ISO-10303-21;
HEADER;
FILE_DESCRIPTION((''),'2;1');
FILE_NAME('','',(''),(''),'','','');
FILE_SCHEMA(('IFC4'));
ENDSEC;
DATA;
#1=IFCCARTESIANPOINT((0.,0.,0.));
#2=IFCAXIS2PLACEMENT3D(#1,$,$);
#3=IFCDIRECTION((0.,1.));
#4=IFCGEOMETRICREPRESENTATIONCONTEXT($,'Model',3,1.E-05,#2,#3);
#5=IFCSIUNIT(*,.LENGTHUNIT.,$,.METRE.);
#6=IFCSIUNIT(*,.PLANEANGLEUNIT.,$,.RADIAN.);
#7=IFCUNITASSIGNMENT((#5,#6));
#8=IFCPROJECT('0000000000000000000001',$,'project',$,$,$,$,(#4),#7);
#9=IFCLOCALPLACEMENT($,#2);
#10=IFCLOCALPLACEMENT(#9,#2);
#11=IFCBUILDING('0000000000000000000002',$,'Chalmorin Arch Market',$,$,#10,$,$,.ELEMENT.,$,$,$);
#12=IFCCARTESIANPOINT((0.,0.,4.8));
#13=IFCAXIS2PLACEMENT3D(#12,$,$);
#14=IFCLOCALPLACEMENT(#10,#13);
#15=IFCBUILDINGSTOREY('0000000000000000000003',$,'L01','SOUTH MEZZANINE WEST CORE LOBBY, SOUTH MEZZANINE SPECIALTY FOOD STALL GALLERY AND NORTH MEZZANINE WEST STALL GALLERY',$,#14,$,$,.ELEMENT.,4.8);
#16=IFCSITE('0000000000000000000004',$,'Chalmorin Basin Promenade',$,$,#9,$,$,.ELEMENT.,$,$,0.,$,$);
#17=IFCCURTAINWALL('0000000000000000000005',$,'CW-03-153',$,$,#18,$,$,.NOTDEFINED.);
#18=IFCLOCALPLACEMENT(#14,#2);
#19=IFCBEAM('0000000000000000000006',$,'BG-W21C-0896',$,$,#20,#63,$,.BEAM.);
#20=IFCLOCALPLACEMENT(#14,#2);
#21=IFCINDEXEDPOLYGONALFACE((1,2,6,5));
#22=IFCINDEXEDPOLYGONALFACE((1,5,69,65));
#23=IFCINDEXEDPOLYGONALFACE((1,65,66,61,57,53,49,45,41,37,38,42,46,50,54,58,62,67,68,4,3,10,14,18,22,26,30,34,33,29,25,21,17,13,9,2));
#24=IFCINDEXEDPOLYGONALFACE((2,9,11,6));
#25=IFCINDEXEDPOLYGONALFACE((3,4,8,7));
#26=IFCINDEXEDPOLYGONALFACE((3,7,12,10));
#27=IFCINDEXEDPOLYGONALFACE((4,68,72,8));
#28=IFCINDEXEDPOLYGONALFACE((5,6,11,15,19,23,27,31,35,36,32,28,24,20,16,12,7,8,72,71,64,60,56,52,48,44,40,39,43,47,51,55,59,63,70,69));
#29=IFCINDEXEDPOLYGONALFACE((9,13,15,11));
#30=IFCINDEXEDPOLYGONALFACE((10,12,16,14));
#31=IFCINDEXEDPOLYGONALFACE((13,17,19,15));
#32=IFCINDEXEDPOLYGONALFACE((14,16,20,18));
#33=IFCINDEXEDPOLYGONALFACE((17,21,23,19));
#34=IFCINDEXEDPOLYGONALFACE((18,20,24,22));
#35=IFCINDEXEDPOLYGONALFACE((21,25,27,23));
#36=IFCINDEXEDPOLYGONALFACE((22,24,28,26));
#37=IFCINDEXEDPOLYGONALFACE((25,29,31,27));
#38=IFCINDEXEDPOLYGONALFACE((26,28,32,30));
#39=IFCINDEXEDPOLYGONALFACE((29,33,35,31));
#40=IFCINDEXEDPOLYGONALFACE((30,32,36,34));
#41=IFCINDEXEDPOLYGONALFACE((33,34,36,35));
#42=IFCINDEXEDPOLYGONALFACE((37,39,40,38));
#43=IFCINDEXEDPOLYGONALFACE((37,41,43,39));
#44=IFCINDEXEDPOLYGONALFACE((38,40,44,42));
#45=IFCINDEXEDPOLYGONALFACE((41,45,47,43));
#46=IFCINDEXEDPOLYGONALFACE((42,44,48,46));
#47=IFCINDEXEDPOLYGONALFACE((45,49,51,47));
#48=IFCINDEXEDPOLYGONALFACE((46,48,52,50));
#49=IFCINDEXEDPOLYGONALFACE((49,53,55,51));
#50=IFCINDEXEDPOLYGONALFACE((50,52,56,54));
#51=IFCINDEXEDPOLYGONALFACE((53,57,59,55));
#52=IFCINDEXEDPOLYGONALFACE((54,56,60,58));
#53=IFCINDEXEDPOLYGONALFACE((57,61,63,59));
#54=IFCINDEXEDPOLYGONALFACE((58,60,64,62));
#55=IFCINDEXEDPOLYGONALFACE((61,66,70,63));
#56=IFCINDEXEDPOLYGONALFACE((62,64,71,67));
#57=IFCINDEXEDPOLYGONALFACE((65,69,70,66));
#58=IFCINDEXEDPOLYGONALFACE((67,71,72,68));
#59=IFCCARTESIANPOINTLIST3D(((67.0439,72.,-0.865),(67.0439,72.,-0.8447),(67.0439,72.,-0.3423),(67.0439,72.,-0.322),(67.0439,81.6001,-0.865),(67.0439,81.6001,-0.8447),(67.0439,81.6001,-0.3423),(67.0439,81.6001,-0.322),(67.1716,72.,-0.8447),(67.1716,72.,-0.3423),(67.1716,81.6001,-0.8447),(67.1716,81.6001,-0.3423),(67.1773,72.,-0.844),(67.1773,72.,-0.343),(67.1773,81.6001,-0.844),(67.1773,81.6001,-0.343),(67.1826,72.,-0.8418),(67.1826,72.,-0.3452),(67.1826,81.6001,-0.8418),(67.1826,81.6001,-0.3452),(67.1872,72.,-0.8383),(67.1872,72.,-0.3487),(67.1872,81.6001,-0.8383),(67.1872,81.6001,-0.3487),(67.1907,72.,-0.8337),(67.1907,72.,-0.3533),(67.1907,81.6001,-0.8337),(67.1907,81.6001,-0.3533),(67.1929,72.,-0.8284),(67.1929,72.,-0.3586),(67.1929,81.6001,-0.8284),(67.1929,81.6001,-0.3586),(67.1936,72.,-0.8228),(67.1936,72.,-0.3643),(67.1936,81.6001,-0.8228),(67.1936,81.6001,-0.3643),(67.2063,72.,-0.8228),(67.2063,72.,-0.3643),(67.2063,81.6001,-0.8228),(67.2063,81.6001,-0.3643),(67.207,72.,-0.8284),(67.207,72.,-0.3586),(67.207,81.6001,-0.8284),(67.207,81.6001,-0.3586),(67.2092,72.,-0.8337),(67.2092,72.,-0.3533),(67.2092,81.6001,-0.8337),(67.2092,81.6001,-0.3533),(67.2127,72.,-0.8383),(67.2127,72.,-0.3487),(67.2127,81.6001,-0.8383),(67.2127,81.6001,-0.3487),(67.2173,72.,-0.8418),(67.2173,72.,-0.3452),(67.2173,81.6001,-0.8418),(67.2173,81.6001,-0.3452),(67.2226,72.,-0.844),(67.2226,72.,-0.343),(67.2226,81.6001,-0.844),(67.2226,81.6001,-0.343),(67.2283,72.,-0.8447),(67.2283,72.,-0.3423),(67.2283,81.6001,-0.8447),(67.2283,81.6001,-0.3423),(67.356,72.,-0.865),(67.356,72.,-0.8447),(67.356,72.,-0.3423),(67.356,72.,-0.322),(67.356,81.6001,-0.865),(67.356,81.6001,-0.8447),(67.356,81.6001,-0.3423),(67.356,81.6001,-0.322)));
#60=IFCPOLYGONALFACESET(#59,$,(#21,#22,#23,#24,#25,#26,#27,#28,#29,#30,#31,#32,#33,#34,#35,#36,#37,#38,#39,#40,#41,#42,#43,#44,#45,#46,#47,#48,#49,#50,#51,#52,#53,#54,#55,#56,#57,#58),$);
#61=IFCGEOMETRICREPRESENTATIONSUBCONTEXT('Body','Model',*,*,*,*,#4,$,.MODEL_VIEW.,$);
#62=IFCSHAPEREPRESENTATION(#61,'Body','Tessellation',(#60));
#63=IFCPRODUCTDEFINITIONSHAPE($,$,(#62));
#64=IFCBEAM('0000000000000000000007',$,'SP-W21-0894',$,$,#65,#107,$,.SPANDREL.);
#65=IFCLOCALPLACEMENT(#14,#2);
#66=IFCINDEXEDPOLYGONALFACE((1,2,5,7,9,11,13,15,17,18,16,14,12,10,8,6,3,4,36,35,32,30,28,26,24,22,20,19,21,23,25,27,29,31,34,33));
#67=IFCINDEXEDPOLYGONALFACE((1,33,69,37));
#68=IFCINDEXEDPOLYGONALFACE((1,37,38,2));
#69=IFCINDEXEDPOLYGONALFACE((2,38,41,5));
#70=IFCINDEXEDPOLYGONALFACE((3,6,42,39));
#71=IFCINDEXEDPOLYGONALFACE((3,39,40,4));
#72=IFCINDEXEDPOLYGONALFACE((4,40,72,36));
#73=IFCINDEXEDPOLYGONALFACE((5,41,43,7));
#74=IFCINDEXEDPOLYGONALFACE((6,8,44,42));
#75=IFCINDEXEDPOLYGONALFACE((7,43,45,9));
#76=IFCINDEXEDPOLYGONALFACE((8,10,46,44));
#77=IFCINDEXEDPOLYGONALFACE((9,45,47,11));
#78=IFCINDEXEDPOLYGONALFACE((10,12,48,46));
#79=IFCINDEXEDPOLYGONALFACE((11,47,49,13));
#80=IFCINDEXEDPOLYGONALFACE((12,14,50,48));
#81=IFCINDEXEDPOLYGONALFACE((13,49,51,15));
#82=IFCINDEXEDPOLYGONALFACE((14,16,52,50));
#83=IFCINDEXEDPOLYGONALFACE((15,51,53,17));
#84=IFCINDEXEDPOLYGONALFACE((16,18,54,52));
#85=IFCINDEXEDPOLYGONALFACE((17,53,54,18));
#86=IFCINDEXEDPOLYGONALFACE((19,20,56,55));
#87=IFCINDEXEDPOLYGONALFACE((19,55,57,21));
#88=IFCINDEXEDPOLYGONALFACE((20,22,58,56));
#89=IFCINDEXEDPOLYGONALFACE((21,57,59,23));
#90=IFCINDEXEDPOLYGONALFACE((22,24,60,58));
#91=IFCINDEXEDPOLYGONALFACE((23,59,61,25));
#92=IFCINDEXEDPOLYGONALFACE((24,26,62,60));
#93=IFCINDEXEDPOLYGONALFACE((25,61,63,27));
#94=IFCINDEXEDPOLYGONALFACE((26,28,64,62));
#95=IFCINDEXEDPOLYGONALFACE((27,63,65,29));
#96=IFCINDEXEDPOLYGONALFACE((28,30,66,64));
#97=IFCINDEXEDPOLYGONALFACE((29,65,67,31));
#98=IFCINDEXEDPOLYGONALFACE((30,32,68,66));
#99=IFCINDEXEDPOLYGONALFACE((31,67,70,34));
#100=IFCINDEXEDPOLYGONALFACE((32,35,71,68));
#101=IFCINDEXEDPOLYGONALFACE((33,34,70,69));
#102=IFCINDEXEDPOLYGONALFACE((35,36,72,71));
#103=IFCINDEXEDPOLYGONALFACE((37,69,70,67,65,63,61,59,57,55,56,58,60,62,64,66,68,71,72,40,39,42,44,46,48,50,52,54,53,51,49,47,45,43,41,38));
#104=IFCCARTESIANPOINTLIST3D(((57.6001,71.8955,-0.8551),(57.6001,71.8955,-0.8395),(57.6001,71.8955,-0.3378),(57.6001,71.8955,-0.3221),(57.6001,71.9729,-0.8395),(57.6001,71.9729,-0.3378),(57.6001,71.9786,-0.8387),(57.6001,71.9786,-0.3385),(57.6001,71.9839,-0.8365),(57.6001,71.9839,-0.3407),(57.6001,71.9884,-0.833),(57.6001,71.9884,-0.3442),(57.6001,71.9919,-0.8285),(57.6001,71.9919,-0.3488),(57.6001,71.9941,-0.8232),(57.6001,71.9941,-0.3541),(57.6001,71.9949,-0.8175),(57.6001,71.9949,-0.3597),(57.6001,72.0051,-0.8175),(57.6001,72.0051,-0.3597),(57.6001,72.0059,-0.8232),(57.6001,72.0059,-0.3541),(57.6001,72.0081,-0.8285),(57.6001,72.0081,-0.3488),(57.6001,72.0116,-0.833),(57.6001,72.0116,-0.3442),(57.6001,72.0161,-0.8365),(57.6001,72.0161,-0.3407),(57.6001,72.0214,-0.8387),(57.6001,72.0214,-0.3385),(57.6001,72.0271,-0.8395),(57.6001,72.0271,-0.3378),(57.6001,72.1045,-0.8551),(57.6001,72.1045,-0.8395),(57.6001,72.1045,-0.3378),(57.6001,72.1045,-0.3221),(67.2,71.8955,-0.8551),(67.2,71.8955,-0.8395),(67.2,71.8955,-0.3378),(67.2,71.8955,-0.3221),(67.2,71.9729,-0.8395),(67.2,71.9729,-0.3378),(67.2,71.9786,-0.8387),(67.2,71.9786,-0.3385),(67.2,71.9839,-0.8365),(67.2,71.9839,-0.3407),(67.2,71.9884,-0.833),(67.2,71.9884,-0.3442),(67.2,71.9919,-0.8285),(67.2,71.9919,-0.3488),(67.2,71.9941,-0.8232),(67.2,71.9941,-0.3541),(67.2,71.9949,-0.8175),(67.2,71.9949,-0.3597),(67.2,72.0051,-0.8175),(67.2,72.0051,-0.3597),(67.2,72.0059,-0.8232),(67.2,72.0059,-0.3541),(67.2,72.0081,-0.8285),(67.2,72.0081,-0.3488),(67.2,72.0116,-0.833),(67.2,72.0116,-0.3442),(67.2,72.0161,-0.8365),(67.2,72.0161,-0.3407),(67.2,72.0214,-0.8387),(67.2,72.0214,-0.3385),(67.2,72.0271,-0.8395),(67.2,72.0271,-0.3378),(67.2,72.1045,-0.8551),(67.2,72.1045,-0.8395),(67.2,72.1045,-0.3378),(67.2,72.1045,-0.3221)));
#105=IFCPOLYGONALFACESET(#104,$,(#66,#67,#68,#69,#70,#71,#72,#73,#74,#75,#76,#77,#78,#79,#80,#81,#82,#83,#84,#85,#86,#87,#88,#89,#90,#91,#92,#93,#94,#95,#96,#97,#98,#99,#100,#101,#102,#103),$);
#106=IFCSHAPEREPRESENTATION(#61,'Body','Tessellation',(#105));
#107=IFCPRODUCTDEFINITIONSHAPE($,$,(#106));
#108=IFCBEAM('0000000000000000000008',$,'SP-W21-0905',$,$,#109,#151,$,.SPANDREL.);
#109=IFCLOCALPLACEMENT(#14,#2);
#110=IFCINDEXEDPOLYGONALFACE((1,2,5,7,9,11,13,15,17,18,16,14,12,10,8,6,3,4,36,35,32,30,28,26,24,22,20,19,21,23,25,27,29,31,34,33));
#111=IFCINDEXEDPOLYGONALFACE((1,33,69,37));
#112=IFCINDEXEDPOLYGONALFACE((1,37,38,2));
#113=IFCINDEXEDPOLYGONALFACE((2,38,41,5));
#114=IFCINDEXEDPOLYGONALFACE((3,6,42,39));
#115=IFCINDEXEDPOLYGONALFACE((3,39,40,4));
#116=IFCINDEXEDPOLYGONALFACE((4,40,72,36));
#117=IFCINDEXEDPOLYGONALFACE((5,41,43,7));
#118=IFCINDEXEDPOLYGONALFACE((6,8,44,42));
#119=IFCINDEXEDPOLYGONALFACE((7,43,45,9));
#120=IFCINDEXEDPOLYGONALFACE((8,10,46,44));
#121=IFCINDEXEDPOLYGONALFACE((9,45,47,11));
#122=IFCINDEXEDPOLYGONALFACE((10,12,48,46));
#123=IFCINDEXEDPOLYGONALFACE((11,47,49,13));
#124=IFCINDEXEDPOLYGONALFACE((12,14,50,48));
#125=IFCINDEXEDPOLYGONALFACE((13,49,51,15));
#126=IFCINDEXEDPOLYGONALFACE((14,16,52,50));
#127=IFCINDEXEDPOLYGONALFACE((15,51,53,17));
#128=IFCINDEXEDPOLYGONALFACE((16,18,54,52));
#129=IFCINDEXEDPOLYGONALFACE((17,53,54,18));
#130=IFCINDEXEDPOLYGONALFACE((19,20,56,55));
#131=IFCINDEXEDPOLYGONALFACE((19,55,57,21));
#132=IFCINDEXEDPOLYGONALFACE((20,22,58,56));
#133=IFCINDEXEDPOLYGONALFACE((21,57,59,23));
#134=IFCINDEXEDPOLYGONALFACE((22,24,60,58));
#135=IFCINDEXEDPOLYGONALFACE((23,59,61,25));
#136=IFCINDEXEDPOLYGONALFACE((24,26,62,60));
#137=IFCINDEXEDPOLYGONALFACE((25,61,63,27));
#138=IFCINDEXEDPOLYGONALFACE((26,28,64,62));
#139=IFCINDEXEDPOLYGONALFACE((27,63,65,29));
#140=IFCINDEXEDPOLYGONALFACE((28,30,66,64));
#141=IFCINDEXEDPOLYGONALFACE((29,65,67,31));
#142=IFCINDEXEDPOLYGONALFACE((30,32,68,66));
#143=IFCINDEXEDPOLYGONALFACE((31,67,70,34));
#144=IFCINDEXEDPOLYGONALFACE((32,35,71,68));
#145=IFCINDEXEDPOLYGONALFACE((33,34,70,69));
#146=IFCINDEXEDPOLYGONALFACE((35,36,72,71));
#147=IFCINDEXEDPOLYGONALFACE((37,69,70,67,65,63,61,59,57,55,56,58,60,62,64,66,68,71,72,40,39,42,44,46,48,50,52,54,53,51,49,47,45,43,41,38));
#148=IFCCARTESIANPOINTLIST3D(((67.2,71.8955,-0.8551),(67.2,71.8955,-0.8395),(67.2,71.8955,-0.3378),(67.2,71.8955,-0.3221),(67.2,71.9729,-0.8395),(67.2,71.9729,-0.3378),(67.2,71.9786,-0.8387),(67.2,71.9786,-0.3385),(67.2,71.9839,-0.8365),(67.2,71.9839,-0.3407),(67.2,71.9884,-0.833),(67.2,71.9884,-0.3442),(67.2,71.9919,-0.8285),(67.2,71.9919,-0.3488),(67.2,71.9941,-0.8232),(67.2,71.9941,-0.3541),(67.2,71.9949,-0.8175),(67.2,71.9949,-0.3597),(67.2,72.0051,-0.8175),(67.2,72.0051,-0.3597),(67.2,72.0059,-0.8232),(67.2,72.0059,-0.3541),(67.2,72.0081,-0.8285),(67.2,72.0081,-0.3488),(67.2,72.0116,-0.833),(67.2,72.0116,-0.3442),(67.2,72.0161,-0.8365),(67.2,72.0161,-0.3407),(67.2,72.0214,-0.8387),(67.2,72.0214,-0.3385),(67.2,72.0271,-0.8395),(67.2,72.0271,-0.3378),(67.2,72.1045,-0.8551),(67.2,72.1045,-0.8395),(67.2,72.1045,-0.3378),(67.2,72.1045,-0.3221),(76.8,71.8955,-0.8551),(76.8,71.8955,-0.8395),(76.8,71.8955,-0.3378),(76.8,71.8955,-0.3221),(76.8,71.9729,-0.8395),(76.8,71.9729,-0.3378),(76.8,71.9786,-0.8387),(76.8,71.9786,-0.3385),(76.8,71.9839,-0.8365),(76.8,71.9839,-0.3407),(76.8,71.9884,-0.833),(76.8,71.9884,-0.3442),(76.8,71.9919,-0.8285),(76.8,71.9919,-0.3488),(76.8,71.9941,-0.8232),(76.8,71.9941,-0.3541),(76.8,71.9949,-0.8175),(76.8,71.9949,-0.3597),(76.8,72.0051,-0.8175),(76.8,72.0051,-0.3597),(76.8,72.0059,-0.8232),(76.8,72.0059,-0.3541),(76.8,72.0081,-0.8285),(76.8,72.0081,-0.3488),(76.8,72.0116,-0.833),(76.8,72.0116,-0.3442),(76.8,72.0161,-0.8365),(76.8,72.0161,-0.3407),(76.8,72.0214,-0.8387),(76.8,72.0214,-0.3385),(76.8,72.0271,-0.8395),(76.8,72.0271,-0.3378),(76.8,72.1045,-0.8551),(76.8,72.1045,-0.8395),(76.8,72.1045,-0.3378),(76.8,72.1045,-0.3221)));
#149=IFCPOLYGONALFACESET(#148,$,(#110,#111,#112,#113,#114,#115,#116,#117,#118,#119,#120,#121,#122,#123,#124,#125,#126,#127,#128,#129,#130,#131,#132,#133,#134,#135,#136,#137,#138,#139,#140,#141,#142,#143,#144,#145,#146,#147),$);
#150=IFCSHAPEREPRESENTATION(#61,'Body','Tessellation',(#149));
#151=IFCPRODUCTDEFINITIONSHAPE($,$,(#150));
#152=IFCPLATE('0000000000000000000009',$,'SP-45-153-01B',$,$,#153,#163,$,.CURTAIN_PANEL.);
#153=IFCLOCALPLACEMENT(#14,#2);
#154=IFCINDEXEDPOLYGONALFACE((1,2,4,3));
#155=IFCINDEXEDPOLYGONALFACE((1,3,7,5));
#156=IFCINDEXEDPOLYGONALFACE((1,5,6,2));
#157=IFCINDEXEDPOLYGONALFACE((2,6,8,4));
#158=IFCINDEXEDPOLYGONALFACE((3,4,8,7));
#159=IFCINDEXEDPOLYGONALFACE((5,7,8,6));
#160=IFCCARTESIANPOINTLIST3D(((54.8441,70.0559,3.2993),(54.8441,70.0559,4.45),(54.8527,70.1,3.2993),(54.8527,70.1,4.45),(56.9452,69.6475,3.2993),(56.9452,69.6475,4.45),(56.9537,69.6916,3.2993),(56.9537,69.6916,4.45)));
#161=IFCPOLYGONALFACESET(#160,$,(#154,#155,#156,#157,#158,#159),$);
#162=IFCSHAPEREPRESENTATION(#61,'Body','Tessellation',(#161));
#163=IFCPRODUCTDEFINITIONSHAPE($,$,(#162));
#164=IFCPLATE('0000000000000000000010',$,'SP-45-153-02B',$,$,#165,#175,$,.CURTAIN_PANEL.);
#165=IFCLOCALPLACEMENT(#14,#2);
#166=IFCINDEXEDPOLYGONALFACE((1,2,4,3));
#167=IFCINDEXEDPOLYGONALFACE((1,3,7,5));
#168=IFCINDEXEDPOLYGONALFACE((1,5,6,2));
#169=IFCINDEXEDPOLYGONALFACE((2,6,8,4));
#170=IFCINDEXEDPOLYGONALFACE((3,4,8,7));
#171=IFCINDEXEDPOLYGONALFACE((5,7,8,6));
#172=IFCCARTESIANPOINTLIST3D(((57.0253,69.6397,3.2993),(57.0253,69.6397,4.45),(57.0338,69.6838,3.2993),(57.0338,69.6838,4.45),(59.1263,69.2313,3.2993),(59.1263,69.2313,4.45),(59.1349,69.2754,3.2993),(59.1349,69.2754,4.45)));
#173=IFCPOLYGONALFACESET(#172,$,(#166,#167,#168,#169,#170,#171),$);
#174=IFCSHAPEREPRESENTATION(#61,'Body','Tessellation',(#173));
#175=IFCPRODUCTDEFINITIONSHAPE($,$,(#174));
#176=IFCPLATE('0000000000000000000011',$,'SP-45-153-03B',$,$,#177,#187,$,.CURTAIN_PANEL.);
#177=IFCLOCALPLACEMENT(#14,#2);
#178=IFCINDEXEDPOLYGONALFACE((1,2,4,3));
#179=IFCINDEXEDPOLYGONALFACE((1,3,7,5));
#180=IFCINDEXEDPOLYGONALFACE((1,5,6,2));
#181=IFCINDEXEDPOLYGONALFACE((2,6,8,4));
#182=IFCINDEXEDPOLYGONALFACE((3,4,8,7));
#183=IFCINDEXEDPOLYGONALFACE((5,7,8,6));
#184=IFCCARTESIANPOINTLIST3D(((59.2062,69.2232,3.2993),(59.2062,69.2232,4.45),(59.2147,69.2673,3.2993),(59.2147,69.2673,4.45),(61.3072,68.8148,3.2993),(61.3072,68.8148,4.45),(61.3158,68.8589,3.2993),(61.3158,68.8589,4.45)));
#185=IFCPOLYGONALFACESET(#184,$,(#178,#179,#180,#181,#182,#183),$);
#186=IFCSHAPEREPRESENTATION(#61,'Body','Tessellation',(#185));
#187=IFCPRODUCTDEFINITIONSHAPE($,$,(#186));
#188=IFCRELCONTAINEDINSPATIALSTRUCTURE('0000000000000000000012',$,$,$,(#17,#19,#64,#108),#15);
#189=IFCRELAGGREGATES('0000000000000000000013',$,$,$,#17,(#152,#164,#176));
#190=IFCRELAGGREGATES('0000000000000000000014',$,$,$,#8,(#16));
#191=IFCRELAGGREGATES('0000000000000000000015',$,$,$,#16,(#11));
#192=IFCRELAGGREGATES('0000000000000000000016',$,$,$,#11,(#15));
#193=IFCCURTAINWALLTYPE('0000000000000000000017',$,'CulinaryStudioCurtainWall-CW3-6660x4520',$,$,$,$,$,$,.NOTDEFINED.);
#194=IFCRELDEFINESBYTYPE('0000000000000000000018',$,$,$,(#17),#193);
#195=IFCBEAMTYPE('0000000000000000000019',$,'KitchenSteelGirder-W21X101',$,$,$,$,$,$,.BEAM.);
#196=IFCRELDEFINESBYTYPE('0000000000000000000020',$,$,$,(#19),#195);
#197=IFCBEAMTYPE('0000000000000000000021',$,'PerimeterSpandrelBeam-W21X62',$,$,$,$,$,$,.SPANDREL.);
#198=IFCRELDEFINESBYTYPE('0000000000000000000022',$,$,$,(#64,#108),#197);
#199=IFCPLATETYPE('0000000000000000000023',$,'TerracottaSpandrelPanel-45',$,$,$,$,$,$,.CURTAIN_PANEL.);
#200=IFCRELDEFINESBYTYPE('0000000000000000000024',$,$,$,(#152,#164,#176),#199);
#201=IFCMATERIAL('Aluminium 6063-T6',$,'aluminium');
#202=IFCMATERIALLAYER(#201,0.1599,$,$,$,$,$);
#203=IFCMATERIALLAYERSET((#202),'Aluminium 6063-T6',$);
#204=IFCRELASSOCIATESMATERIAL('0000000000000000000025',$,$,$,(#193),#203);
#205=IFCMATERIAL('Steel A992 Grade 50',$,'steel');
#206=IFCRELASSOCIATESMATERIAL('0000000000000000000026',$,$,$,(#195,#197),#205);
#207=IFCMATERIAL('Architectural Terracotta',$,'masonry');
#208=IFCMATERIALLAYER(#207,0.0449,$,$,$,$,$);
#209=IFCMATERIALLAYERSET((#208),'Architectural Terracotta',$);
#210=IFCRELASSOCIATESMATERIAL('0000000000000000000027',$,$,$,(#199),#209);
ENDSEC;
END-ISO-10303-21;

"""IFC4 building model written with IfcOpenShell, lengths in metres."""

from ifc_helpers import new_model, si_unit, direction, frame, origin, origin_2d, place, context, subcontext, project, spatial, rectangle, i_section, extrude, material, layer, layer_set, material_profile, profile_set, type_object, element, aggregate, save


model = new_model("IFC4")

# Units and contexts
model_context = context("Model", 3, precision=1e-05, world=origin(), true_north=direction((0.0, 1.0)))
body_context = subcontext(model_context, "Body", "Model", "MODEL_VIEW")
ifc_project = project(units=[si_unit("LENGTHUNIT", "METRE"), si_unit("PLANEANGLEUNIT", "RADIAN")], contexts=[model_context])

# Site, building, storey
site_placement = place(None, origin())
site = spatial("IfcSite", under=ifc_project, at=site_placement, Name="Chalmorin Basin Promenade", CompositionType="ELEMENT", RefElevation=0.0)
building_placement = place(site_placement, origin())
building = spatial("IfcBuilding", under=site, at=building_placement, Name="Chalmorin Arch Market", CompositionType="ELEMENT")
storey_placement = place(building_placement, frame((0.0, 0.0, 4.8)))
storey = spatial("IfcBuildingStorey", under=building, at=storey_placement, Name="L01", Description="SOUTH MEZZANINE WEST CORE LOBBY, SOUTH MEZZANINE SPECIALTY FOOD STALL GALLERY AND NORTH MEZZANINE WEST STALL GALLERY", CompositionType="ELEMENT", Elevation=4.8)

# Curtain wall
ifc_material_1 = material(Name="Aluminium 6063-T6", Category="aluminium")
ifc_layer_1 = layer(ifc_material_1, 0.1599)
ifc_layer_set_1 = layer_set([ifc_layer_1], Name="Aluminium 6063-T6")
curtain_wall_type_1 = type_object("IfcCurtainWallType", Name="CulinaryStudioCurtainWall-CW3-6660x4520", PredefinedType="NOTDEFINED", material=ifc_layer_set_1)
curtain_wall_1_placement = place(storey_placement, origin())
curtain_wall_1 = element("IfcCurtainWall", 1, at=curtain_wall_1_placement, inside=storey, type_object=curtain_wall_type_1, Name="CW-03-153", PredefinedType="NOTDEFINED")

# Beams
ifc_material_2 = material(Name="Steel A992 Grade 50", Category="steel")
ifc_material_profile_1 = material_profile(ifc_material_2, i_section(OverallWidth=0.312, OverallDepth=0.543, WebThickness=0.0127, FlangeThickness=0.0203, FilletRadius=0.022, at=origin_2d()), Name="W21X101")
ifc_profile_set_1 = profile_set([ifc_material_profile_1], Name="Steel A992 Grade 50")
beam_type_1 = type_object("IfcBeamType", Name="KitchenSteelGirder-W21X101", PredefinedType="BEAM", material=ifc_profile_set_1)
for number, where, z_axis, x_axis, name in (
    (2, (67.2, 72.0, -0.5935), (0.0, 1.0, 0.0), (-1.0, 0.0, 0.0), "BG-W21C-0896"),
):
    element("IfcBeam", number, at=place(storey_placement, frame(where, z_axis=z_axis, x_axis=x_axis)), inside=storey, type_object=beam_type_1, Name=name, PredefinedType="BEAM", context=body_context, shape_type="SweptSolid", body=[
        extrude(i_section(OverallWidth=0.312, OverallDepth=0.543, WebThickness=0.0127, FlangeThickness=0.0203, FilletRadius=0.022, at=origin_2d()), origin(), (0.0, 0.0, 1.0), 9.6001),
    ])
ifc_material_profile_2 = material_profile(ifc_material_2, i_section(OverallWidth=0.209, OverallDepth=0.533, WebThickness=0.0103, FlangeThickness=0.0156, FilletRadius=0.022, at=origin_2d()), Name="W21X62")
ifc_profile_set_2 = profile_set([ifc_material_profile_2], Name="Steel A992 Grade 50")
beam_type_2 = type_object("IfcBeamType", Name="PerimeterSpandrelBeam-W21X62", PredefinedType="SPANDREL", material=ifc_profile_set_2)
beam_1_placement = place(storey_placement, frame((57.6001, 72.0, -0.5886), z_axis=(1.0, 0.0, 0.0), x_axis=(0.0, 1.0, 0.0)))
element("IfcBeam", 3, at=beam_1_placement, inside=storey, type_object=beam_type_2, Name="SP-W21-0894", PredefinedType="SPANDREL", context=body_context, shape_type="SweptSolid", body=[
    extrude(i_section(OverallWidth=0.209, OverallDepth=0.533, WebThickness=0.0103, FlangeThickness=0.0156, FilletRadius=0.022, at=origin_2d()), origin(), (0.0, 0.0, 1.0), 9.5999),
])
beam_2_placement = place(storey_placement, frame((67.2, 72.0, -0.5886), z_axis=(1.0, 0.0, 0.0), x_axis=(0.0, 1.0, 0.0)))
element("IfcBeam", 4, at=beam_2_placement, inside=storey, type_object=beam_type_2, Name="SP-W21-0905", PredefinedType="SPANDREL", context=body_context, shape_type="SweptSolid", body=[
    extrude(i_section(OverallWidth=0.209, OverallDepth=0.533, WebThickness=0.0103, FlangeThickness=0.0156, FilletRadius=0.022, at=origin_2d()), origin(), (0.0, 0.0, 1.0), 9.6001),
])

# Plates
ifc_material_3 = material(Name="Architectural Terracotta", Category="masonry")
ifc_layer_2 = layer(ifc_material_3, 0.0449)
ifc_layer_set_2 = layer_set([ifc_layer_2], Name="Architectural Terracotta")
plate_type_1 = type_object("IfcPlateType", Name="TerracottaSpandrelPanel-45", PredefinedType="CURTAIN_PANEL", material=ifc_layer_set_2)
plate_1_placement = place(storey_placement, frame((55.8989, 69.8738, 3.2993), z_axis=(0.0, 0.0, 1.0), x_axis=(0.981627, -0.190809, 0.0)))
plate_1 = element("IfcPlate", 5, at=plate_1_placement, type_object=plate_type_1, Name="SP-45-153-01B", PredefinedType="CURTAIN_PANEL", context=body_context, shape_type="SweptSolid", body=[
    extrude(rectangle(XDim=2.1404, YDim=0.0449, at=origin_2d()), origin(), (0.0, 0.0, 1.0), 1.1506),
])
plate_2_placement = place(storey_placement, frame((58.0801, 69.4575, 3.2993), z_axis=(0.0, 0.0, 1.0), x_axis=(0.981627, -0.190809, 0.0)))
plate_2 = element("IfcPlate", 6, at=plate_2_placement, type_object=plate_type_1, Name="SP-45-153-02B", PredefinedType="CURTAIN_PANEL", context=body_context, shape_type="SweptSolid", body=[
    extrude(rectangle(XDim=2.1404, YDim=0.0449, at=origin_2d()), origin(), (0.0, 0.0, 1.0), 1.1506),
])
plate_3_placement = place(storey_placement, frame((60.261, 69.041, 3.2993), z_axis=(0.0, 0.0, 1.0), x_axis=(0.981627, -0.190809, 0.0)))
plate_3 = element("IfcPlate", 7, at=plate_3_placement, type_object=plate_type_1, Name="SP-45-153-03B", PredefinedType="CURTAIN_PANEL", context=body_context, shape_type="SweptSolid", body=[
    extrude(rectangle(XDim=2.1404, YDim=0.0449, at=origin_2d()), origin(), (0.0, 0.0, 1.0), 1.1506),
])
aggregate(curtain_wall_1, [plate_1, plate_2, plate_3])

save(model, "model.ifc")
